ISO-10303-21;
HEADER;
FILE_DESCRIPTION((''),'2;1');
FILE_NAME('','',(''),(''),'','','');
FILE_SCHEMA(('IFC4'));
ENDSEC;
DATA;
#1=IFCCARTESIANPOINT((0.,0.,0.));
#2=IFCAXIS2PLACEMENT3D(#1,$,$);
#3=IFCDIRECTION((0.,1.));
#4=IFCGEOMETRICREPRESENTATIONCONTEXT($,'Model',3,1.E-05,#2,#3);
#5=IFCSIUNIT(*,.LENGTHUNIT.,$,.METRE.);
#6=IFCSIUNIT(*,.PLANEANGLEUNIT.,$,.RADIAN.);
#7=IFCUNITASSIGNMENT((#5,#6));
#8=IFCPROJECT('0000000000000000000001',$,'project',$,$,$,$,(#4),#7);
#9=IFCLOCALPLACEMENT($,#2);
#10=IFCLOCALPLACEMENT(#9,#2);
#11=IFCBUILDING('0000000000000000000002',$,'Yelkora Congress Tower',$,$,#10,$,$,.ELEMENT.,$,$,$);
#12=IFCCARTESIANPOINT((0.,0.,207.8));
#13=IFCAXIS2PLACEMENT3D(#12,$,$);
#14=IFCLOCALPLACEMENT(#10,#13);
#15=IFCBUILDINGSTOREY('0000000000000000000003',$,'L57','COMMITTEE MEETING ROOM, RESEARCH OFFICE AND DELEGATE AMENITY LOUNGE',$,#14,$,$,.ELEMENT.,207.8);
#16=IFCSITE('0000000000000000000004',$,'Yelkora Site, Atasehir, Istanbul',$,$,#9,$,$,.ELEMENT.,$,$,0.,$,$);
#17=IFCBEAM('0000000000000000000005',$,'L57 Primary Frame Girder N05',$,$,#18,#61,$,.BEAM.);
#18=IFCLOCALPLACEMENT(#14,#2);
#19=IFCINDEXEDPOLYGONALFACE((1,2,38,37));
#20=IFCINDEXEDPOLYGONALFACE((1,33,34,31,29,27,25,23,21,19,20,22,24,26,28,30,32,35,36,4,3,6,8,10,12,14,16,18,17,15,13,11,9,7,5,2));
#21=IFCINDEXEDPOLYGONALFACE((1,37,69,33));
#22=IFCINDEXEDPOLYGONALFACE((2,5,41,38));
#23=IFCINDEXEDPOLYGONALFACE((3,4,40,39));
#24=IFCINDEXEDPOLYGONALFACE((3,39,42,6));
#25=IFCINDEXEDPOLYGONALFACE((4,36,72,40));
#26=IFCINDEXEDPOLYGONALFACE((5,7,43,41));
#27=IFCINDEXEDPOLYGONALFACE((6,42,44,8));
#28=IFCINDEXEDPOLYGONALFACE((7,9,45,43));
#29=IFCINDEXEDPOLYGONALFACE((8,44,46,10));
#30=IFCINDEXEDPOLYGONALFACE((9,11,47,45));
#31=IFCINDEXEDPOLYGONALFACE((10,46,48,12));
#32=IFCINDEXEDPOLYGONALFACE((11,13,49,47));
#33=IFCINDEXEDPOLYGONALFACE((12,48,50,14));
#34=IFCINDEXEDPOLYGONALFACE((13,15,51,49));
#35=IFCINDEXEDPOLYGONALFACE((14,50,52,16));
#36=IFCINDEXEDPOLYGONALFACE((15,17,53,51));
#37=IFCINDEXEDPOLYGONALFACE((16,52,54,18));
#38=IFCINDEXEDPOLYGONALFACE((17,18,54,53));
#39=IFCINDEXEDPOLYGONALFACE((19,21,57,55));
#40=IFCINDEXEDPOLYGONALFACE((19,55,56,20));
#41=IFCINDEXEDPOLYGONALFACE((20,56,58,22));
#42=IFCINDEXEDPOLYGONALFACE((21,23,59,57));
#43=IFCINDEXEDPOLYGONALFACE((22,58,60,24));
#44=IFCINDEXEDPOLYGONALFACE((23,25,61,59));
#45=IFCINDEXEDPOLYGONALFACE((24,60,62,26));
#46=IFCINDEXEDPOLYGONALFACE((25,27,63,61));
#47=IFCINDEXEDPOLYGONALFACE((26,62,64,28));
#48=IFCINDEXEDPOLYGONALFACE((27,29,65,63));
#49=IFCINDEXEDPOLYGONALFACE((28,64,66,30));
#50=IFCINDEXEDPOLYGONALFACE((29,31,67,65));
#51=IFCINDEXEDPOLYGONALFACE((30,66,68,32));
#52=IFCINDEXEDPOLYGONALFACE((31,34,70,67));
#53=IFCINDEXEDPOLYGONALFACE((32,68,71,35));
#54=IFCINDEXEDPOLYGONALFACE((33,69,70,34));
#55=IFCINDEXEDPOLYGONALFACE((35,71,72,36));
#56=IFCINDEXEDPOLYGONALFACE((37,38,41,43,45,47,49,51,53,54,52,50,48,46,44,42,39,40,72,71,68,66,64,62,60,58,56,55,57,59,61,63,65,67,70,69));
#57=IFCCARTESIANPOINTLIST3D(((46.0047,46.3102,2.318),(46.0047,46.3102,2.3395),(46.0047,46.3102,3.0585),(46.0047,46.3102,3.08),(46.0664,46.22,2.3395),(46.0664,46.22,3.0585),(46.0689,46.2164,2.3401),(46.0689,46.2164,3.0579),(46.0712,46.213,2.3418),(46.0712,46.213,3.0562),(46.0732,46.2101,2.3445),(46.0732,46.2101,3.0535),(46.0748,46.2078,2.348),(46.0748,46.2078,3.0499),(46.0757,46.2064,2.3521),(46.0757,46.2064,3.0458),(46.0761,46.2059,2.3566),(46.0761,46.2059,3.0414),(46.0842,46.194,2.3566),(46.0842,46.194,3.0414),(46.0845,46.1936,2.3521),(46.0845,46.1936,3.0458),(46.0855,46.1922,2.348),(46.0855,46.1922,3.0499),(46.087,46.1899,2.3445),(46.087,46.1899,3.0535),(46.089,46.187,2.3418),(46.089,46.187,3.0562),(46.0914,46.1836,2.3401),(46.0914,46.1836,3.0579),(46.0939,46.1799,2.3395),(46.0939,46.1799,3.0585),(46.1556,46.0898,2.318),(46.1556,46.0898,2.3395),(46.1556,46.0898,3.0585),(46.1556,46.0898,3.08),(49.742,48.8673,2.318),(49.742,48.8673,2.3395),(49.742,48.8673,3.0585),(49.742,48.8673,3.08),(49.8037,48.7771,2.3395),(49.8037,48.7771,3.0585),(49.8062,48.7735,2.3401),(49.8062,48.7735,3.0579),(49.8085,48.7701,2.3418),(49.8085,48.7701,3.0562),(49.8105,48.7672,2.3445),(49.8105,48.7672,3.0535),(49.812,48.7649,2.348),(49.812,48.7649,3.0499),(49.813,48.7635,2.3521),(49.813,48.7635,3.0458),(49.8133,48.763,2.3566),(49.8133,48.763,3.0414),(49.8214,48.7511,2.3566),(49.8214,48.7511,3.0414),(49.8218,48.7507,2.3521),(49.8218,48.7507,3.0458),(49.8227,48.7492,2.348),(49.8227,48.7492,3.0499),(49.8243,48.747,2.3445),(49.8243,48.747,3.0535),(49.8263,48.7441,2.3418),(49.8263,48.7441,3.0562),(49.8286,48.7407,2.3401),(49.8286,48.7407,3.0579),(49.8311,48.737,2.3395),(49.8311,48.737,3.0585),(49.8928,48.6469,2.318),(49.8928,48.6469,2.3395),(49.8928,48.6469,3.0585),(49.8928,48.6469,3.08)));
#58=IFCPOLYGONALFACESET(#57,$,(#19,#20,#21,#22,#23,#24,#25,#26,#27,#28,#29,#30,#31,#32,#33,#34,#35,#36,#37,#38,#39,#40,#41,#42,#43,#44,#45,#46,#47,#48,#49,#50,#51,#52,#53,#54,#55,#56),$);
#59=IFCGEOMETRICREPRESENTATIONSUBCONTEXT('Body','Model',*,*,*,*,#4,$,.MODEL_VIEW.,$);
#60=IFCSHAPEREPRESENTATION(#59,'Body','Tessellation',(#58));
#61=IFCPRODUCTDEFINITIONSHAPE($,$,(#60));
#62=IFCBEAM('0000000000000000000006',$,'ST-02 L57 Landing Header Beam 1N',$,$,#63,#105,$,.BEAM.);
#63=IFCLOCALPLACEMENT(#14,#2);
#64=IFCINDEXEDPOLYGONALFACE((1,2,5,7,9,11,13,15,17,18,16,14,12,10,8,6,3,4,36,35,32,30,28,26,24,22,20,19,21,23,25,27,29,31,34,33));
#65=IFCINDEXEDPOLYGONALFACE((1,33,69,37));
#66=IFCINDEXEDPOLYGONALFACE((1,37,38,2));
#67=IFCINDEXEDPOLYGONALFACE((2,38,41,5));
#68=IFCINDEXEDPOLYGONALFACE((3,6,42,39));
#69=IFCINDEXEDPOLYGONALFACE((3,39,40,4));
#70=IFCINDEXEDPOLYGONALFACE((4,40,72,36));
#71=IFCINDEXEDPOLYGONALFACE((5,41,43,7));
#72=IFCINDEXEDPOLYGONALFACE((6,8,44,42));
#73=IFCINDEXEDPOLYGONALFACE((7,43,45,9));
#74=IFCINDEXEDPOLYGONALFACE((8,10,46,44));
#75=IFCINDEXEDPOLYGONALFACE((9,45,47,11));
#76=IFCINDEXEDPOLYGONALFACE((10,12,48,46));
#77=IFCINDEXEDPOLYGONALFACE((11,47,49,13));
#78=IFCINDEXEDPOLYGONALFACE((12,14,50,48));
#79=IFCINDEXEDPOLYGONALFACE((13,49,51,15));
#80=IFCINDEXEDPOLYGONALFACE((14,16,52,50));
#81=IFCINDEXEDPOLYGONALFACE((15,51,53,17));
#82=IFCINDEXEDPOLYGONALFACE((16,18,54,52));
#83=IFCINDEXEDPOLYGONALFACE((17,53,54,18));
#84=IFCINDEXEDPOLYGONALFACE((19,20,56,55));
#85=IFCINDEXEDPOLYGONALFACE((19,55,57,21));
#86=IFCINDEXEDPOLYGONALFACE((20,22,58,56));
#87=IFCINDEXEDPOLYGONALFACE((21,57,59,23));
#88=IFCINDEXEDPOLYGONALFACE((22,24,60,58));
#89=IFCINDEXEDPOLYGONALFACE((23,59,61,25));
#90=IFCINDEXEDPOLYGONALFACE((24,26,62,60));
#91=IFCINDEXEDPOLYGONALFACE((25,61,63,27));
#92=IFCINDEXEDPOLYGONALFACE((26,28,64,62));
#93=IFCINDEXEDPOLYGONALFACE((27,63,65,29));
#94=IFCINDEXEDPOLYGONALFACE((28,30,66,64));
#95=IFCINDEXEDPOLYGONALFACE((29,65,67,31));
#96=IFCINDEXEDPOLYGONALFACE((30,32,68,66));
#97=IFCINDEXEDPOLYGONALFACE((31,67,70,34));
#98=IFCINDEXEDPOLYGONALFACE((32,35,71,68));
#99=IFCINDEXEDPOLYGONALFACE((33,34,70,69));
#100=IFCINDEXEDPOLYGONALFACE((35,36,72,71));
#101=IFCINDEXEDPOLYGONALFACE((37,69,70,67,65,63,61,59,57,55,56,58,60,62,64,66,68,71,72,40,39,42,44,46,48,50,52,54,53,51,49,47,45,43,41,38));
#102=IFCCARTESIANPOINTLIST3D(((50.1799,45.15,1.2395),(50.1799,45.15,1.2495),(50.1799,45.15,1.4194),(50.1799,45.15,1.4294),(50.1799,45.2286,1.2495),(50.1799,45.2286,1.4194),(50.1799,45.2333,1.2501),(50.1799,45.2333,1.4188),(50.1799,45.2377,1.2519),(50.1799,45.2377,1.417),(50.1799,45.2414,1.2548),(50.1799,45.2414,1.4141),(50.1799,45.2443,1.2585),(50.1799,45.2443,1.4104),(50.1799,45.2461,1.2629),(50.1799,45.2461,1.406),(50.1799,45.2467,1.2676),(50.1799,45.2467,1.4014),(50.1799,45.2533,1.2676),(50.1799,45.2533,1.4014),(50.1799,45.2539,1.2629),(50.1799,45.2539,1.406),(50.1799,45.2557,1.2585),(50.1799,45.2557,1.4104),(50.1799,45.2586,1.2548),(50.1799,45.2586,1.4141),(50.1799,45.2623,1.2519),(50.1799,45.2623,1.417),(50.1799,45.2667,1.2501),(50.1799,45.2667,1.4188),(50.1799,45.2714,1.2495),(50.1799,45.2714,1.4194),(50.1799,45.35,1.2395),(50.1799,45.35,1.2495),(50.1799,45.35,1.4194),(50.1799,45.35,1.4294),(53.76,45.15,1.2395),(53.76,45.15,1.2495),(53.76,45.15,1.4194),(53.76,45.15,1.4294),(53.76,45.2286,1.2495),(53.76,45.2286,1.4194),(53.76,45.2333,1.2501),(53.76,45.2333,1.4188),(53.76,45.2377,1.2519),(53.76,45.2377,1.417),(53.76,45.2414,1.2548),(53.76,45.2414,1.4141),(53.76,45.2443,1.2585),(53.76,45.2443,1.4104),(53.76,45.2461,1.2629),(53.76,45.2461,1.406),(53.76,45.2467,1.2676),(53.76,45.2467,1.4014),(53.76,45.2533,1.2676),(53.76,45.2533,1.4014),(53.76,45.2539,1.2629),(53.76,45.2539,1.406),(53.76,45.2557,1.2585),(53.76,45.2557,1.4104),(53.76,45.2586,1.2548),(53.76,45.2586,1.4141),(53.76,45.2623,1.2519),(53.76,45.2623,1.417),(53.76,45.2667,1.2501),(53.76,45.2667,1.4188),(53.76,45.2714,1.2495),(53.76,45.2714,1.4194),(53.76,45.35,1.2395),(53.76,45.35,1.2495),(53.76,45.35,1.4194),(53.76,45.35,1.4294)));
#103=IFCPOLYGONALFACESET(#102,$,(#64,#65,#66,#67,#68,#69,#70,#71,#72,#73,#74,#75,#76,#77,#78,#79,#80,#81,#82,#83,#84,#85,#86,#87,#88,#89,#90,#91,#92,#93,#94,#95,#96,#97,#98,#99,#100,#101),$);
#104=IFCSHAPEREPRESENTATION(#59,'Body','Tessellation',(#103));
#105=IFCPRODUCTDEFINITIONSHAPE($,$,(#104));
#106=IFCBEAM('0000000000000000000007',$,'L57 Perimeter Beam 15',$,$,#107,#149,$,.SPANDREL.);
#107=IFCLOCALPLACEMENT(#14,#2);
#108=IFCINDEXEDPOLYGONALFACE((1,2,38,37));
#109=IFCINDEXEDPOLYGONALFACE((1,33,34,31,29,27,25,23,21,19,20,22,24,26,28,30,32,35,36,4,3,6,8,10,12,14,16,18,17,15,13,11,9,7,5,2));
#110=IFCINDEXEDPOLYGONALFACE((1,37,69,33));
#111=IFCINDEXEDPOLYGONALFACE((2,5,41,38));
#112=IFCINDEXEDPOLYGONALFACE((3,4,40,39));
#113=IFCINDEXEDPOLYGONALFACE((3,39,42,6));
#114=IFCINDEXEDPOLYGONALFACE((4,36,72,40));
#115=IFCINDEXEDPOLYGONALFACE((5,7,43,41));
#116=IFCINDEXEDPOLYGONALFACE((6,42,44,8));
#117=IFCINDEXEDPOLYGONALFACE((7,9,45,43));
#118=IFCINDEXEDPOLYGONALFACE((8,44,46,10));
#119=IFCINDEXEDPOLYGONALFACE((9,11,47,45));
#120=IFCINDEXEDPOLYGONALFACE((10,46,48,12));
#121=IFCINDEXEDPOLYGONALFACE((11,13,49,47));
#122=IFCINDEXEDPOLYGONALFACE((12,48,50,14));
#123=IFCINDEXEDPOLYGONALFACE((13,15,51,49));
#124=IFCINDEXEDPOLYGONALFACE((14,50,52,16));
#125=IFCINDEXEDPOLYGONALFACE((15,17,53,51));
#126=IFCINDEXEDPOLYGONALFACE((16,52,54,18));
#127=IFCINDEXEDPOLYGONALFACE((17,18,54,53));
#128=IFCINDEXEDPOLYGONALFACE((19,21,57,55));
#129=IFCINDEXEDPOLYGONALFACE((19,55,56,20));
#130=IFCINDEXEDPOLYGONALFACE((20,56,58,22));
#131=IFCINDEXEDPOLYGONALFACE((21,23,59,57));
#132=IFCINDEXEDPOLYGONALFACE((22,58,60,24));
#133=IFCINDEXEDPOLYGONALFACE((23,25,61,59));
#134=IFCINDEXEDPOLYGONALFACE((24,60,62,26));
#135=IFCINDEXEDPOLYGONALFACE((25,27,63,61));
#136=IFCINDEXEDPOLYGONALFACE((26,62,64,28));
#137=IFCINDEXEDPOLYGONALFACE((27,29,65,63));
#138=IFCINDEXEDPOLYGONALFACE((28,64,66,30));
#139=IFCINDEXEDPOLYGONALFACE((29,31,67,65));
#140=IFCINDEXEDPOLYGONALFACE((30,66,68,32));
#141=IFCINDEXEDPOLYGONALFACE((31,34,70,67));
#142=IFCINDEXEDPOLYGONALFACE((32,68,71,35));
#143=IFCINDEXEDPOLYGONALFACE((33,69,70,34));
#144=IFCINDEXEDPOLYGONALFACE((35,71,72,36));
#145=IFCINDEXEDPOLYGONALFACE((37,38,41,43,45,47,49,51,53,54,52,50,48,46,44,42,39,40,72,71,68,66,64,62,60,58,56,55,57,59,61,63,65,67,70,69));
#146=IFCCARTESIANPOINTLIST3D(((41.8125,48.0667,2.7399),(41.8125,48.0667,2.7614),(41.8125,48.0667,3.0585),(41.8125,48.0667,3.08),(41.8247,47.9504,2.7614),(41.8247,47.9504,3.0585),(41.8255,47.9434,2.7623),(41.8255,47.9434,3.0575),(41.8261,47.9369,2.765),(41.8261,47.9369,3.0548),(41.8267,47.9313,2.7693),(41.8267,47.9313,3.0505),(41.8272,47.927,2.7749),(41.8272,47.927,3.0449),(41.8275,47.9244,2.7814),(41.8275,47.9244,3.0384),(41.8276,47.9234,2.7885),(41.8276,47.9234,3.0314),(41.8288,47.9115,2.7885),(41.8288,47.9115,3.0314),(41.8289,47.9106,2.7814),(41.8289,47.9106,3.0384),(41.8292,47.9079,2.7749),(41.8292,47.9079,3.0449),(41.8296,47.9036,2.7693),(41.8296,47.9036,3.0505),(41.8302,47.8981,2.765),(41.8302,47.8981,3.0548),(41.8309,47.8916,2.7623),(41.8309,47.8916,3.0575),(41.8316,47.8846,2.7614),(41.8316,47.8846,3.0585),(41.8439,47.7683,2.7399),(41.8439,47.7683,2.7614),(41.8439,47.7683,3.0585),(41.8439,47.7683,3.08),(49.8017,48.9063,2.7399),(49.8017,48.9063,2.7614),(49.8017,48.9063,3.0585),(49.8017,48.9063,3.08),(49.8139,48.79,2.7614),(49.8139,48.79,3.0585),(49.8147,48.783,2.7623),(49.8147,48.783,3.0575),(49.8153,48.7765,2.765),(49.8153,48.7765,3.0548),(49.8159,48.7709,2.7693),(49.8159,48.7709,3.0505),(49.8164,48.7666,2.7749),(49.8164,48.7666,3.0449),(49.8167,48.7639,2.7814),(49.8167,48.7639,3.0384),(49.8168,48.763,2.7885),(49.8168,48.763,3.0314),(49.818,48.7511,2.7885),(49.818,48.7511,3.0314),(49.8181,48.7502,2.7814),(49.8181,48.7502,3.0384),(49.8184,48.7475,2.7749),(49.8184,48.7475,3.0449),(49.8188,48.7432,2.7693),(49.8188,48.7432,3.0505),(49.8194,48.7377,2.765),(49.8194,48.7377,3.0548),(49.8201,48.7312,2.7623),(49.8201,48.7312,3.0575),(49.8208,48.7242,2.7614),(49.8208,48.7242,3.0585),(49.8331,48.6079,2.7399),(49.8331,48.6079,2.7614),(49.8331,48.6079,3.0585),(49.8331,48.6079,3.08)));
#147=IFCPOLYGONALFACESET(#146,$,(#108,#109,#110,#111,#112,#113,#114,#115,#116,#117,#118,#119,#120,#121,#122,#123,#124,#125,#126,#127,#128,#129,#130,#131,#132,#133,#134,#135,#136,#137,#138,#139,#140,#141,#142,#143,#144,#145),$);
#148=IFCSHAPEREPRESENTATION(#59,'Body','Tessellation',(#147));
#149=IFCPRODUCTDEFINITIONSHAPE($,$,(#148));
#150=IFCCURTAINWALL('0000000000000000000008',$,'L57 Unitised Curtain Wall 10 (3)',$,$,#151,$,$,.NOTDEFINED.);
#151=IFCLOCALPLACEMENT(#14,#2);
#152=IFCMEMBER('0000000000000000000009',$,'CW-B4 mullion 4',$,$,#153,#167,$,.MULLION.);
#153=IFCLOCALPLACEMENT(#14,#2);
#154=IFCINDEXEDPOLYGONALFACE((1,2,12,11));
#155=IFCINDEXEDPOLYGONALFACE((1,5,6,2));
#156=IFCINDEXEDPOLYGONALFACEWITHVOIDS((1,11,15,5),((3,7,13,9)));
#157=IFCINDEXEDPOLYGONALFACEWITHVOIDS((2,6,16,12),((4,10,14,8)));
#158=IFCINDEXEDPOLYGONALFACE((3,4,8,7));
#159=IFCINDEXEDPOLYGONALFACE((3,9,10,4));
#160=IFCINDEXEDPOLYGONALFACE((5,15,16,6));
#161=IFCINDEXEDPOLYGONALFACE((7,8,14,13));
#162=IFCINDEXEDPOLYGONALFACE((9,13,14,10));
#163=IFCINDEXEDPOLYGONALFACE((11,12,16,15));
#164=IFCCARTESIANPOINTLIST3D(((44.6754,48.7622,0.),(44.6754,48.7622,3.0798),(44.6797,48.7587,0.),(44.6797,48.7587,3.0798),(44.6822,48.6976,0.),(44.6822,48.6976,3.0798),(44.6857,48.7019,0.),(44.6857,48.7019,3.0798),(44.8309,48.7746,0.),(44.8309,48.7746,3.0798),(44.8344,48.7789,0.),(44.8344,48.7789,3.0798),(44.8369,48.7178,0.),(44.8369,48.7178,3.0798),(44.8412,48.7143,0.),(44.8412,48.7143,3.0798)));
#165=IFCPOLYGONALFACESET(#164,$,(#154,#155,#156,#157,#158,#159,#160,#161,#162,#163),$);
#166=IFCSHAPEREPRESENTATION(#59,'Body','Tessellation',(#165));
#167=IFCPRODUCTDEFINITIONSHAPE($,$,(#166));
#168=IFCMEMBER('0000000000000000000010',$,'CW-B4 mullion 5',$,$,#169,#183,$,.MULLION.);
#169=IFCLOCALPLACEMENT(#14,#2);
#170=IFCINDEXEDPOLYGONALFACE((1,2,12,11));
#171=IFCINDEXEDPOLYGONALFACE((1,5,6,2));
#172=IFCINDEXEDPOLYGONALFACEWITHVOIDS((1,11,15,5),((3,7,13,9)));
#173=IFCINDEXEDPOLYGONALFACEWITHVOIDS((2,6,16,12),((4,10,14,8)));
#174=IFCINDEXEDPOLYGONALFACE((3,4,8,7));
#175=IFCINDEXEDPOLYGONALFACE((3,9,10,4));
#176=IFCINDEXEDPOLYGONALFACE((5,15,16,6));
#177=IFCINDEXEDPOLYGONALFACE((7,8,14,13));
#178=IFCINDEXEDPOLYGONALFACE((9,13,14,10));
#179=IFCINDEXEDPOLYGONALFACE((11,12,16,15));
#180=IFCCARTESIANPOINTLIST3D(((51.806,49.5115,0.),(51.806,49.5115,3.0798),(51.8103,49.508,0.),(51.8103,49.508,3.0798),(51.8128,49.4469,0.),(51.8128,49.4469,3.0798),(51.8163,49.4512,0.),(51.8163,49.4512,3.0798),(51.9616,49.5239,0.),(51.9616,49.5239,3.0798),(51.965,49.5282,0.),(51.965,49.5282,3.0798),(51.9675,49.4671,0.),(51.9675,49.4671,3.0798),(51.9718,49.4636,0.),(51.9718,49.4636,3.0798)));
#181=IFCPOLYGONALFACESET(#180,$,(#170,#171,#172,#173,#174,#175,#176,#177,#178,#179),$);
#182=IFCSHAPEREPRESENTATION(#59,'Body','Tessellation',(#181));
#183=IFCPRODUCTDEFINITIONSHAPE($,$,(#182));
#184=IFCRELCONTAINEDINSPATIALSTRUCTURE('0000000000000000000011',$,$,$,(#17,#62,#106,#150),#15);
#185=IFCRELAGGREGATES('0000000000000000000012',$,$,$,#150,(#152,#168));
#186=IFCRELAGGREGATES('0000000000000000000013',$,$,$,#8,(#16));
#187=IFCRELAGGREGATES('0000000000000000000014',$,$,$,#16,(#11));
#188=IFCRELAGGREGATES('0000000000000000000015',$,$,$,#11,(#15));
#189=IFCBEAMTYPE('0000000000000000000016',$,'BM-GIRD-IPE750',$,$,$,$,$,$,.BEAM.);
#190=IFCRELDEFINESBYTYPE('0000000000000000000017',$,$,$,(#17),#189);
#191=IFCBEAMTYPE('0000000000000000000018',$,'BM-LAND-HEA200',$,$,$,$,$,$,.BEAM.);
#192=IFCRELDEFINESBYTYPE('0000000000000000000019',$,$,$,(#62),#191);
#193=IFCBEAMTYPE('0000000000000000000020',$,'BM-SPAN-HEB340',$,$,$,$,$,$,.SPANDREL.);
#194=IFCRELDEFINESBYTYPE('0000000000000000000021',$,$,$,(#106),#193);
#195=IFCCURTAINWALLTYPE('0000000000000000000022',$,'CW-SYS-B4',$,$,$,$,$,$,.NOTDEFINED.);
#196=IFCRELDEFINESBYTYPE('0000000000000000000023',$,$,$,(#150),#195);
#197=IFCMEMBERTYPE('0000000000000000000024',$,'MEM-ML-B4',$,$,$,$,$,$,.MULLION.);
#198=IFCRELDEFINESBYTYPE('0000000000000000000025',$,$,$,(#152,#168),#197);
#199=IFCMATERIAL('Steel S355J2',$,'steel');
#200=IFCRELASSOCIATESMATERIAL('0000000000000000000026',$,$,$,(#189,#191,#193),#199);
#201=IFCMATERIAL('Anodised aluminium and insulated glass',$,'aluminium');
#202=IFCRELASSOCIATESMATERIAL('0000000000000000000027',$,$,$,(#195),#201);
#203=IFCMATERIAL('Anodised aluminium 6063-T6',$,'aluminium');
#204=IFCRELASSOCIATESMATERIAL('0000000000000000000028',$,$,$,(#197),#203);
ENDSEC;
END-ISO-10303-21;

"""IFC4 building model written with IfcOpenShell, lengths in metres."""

from ifc_helpers import new_model, si_unit, direction, frame, origin, origin_2d, place, context, subcontext, project, spatial, hollow_rectangle, i_section, extrude, material, material_profile, profile_set, type_object, element, aggregate, save


model = new_model("IFC4")

# Units and contexts
model_context = context("Model", 3, precision=1e-05, world=origin(), true_north=direction((0.0, 1.0)))
body_context = subcontext(model_context, "Body", "Model", "MODEL_VIEW")
ifc_project = project(units=[si_unit("LENGTHUNIT", "METRE"), si_unit("PLANEANGLEUNIT", "RADIAN")], contexts=[model_context])

# Site, building, storey
site_placement = place(None, origin())
site = spatial("IfcSite", under=ifc_project, at=site_placement, Name="Yelkora Site, Atasehir, Istanbul", CompositionType="ELEMENT", RefElevation=0.0)
building_placement = place(site_placement, origin())
building = spatial("IfcBuilding", under=site, at=building_placement, Name="Yelkora Congress Tower", CompositionType="ELEMENT")
storey_placement = place(building_placement, frame((0.0, 0.0, 207.8)))
storey = spatial("IfcBuildingStorey", under=building, at=storey_placement, Name="L57", Description="COMMITTEE MEETING ROOM, RESEARCH OFFICE AND DELEGATE AMENITY LOUNGE", CompositionType="ELEMENT", Elevation=207.8)

# Shared definitions
ifc_material_1 = material(Name="Steel S355J2", Category="steel")

# Beams
ifc_material_profile_1 = material_profile(ifc_material_1, i_section(OverallWidth=0.2671, OverallDepth=0.762, WebThickness=0.0144, FlangeThickness=0.0215, FilletRadius=0.0171, at=origin_2d()), Name="IPE 750x173")
ifc_profile_set_1 = profile_set([ifc_material_profile_1], Name="Steel S355J2")
beam_type_1 = type_object("IfcBeamType", Name="BM-GIRD-IPE750", PredefinedType="BEAM", material=ifc_profile_set_1)
beam_1_placement = place(storey_placement, frame((49.8174, 48.7571, 2.699), z_axis=(-0.825305, -0.564688, 0.0), x_axis=(0.564688, -0.825305, 0.0)))
element("IfcBeam", 1, at=beam_1_placement, inside=storey, type_object=beam_type_1, Name="L57 Primary Frame Girder N05", PredefinedType="BEAM", context=body_context, shape_type="SweptSolid", body=[
    extrude(i_section(OverallWidth=0.2671, OverallDepth=0.762, WebThickness=0.0144, FlangeThickness=0.0215, FilletRadius=0.0171, at=origin_2d()), origin(), (0.0, 0.0, 1.0), 4.5283),
])
ifc_material_profile_2 = material_profile(ifc_material_1, i_section(OverallWidth=0.2, OverallDepth=0.1899, WebThickness=0.0066, FlangeThickness=0.01, FilletRadius=0.0181, at=origin_2d()), Name="HEA 200")
ifc_profile_set_2 = profile_set([ifc_material_profile_2], Name="Steel S355J2")
beam_type_2 = type_object("IfcBeamType", Name="BM-LAND-HEA200", PredefinedType="BEAM", material=ifc_profile_set_2)
beam_2_placement = place(storey_placement, frame((50.1799, 45.25, 1.3345), z_axis=(1.0, 0.0, 0.0), x_axis=(0.0, 1.0, 0.0)))
element("IfcBeam", 2, at=beam_2_placement, inside=storey, type_object=beam_type_2, Name="ST-02 L57 Landing Header Beam 1N", PredefinedType="BEAM", context=body_context, shape_type="SweptSolid", body=[
    extrude(i_section(OverallWidth=0.2, OverallDepth=0.1899, WebThickness=0.0066, FlangeThickness=0.01, FilletRadius=0.0181, at=origin_2d()), origin(), (0.0, 0.0, 1.0), 3.5801),
])
ifc_material_profile_3 = material_profile(ifc_material_1, i_section(OverallWidth=0.3, OverallDepth=0.3401, WebThickness=0.012, FlangeThickness=0.0215, FilletRadius=0.0271, at=origin_2d()), Name="HEB 340")
ifc_profile_set_3 = profile_set([ifc_material_profile_3], Name="Steel S355J2")
beam_type_3 = type_object("IfcBeamType", Name="BM-SPAN-HEB340", PredefinedType="SPANDREL", material=ifc_profile_set_3)
beam_3_placement = place(storey_placement, frame((49.8174, 48.7571, 2.9099), z_axis=(-0.994523, -0.104516, 0.0), x_axis=(0.104516, -0.994523, 0.0)))
element("IfcBeam", 3, at=beam_3_placement, inside=storey, type_object=beam_type_3, Name="L57 Perimeter Beam 15", PredefinedType="SPANDREL", context=body_context, shape_type="SweptSolid", body=[
    extrude(i_section(OverallWidth=0.3, OverallDepth=0.3401, WebThickness=0.012, FlangeThickness=0.0215, FilletRadius=0.0271, at=origin_2d()), origin(), (0.0, 0.0, 1.0), 8.0332),
])

# Curtain wall, members
ifc_material_2 = material(Name="Anodised aluminium and insulated glass", Category="aluminium")
curtain_wall_type = type_object("IfcCurtainWallType", Name="CW-SYS-B4", PredefinedType="NOTDEFINED", material=ifc_material_2)
curtain_wall_placement = place(storey_placement, origin())
curtain_wall = element("IfcCurtainWall", 4, at=curtain_wall_placement, inside=storey, type_object=curtain_wall_type, Name="L57 Unitised Curtain Wall 10 (3)", PredefinedType="NOTDEFINED")
ifc_material_3 = material(Name="Anodised aluminium 6063-T6", Category="aluminium")
ifc_material_profile_4 = material_profile(ifc_material_3, hollow_rectangle(XDim=0.0649, YDim=0.1599, WallThickness=0.0039, at=origin_2d()), Name="ALU 65x160x4")
ifc_profile_set_4 = profile_set([ifc_material_profile_4], Name="Anodised aluminium 6063-T6")
member_type_1 = type_object("IfcMemberType", Name="MEM-ML-B4", PredefinedType="MULLION", material=ifc_profile_set_4)
member_1_placement = place(storey_placement, frame((44.7583, 48.7383, 0.0), z_axis=(0.0, 0.0, 1.0), x_axis=(-0.104528, 0.994522, 0.0)))
member_1 = element("IfcMember", 5, at=member_1_placement, type_object=member_type_1, Name="CW-B4 mullion 4", PredefinedType="MULLION", context=body_context, shape_type="SweptSolid", body=[
    extrude(hollow_rectangle(XDim=0.0649, YDim=0.1599, WallThickness=0.0039, at=origin_2d()), origin(), (0.0, 0.0, 1.0), 3.0798),
])
member_2_placement = place(storey_placement, frame((51.8889, 49.4875, 0.0), z_axis=(0.0, 0.0, 1.0), x_axis=(-0.104528, 0.994522, 0.0)))
member_2 = element("IfcMember", 6, at=member_2_placement, type_object=member_type_1, Name="CW-B4 mullion 5", PredefinedType="MULLION", context=body_context, shape_type="SweptSolid", body=[
    extrude(hollow_rectangle(XDim=0.0649, YDim=0.1599, WallThickness=0.0039, at=origin_2d()), origin(), (0.0, 0.0, 1.0), 3.0798),
])
aggregate(curtain_wall, [member_1, member_2])

save(model, "model.ifc")
